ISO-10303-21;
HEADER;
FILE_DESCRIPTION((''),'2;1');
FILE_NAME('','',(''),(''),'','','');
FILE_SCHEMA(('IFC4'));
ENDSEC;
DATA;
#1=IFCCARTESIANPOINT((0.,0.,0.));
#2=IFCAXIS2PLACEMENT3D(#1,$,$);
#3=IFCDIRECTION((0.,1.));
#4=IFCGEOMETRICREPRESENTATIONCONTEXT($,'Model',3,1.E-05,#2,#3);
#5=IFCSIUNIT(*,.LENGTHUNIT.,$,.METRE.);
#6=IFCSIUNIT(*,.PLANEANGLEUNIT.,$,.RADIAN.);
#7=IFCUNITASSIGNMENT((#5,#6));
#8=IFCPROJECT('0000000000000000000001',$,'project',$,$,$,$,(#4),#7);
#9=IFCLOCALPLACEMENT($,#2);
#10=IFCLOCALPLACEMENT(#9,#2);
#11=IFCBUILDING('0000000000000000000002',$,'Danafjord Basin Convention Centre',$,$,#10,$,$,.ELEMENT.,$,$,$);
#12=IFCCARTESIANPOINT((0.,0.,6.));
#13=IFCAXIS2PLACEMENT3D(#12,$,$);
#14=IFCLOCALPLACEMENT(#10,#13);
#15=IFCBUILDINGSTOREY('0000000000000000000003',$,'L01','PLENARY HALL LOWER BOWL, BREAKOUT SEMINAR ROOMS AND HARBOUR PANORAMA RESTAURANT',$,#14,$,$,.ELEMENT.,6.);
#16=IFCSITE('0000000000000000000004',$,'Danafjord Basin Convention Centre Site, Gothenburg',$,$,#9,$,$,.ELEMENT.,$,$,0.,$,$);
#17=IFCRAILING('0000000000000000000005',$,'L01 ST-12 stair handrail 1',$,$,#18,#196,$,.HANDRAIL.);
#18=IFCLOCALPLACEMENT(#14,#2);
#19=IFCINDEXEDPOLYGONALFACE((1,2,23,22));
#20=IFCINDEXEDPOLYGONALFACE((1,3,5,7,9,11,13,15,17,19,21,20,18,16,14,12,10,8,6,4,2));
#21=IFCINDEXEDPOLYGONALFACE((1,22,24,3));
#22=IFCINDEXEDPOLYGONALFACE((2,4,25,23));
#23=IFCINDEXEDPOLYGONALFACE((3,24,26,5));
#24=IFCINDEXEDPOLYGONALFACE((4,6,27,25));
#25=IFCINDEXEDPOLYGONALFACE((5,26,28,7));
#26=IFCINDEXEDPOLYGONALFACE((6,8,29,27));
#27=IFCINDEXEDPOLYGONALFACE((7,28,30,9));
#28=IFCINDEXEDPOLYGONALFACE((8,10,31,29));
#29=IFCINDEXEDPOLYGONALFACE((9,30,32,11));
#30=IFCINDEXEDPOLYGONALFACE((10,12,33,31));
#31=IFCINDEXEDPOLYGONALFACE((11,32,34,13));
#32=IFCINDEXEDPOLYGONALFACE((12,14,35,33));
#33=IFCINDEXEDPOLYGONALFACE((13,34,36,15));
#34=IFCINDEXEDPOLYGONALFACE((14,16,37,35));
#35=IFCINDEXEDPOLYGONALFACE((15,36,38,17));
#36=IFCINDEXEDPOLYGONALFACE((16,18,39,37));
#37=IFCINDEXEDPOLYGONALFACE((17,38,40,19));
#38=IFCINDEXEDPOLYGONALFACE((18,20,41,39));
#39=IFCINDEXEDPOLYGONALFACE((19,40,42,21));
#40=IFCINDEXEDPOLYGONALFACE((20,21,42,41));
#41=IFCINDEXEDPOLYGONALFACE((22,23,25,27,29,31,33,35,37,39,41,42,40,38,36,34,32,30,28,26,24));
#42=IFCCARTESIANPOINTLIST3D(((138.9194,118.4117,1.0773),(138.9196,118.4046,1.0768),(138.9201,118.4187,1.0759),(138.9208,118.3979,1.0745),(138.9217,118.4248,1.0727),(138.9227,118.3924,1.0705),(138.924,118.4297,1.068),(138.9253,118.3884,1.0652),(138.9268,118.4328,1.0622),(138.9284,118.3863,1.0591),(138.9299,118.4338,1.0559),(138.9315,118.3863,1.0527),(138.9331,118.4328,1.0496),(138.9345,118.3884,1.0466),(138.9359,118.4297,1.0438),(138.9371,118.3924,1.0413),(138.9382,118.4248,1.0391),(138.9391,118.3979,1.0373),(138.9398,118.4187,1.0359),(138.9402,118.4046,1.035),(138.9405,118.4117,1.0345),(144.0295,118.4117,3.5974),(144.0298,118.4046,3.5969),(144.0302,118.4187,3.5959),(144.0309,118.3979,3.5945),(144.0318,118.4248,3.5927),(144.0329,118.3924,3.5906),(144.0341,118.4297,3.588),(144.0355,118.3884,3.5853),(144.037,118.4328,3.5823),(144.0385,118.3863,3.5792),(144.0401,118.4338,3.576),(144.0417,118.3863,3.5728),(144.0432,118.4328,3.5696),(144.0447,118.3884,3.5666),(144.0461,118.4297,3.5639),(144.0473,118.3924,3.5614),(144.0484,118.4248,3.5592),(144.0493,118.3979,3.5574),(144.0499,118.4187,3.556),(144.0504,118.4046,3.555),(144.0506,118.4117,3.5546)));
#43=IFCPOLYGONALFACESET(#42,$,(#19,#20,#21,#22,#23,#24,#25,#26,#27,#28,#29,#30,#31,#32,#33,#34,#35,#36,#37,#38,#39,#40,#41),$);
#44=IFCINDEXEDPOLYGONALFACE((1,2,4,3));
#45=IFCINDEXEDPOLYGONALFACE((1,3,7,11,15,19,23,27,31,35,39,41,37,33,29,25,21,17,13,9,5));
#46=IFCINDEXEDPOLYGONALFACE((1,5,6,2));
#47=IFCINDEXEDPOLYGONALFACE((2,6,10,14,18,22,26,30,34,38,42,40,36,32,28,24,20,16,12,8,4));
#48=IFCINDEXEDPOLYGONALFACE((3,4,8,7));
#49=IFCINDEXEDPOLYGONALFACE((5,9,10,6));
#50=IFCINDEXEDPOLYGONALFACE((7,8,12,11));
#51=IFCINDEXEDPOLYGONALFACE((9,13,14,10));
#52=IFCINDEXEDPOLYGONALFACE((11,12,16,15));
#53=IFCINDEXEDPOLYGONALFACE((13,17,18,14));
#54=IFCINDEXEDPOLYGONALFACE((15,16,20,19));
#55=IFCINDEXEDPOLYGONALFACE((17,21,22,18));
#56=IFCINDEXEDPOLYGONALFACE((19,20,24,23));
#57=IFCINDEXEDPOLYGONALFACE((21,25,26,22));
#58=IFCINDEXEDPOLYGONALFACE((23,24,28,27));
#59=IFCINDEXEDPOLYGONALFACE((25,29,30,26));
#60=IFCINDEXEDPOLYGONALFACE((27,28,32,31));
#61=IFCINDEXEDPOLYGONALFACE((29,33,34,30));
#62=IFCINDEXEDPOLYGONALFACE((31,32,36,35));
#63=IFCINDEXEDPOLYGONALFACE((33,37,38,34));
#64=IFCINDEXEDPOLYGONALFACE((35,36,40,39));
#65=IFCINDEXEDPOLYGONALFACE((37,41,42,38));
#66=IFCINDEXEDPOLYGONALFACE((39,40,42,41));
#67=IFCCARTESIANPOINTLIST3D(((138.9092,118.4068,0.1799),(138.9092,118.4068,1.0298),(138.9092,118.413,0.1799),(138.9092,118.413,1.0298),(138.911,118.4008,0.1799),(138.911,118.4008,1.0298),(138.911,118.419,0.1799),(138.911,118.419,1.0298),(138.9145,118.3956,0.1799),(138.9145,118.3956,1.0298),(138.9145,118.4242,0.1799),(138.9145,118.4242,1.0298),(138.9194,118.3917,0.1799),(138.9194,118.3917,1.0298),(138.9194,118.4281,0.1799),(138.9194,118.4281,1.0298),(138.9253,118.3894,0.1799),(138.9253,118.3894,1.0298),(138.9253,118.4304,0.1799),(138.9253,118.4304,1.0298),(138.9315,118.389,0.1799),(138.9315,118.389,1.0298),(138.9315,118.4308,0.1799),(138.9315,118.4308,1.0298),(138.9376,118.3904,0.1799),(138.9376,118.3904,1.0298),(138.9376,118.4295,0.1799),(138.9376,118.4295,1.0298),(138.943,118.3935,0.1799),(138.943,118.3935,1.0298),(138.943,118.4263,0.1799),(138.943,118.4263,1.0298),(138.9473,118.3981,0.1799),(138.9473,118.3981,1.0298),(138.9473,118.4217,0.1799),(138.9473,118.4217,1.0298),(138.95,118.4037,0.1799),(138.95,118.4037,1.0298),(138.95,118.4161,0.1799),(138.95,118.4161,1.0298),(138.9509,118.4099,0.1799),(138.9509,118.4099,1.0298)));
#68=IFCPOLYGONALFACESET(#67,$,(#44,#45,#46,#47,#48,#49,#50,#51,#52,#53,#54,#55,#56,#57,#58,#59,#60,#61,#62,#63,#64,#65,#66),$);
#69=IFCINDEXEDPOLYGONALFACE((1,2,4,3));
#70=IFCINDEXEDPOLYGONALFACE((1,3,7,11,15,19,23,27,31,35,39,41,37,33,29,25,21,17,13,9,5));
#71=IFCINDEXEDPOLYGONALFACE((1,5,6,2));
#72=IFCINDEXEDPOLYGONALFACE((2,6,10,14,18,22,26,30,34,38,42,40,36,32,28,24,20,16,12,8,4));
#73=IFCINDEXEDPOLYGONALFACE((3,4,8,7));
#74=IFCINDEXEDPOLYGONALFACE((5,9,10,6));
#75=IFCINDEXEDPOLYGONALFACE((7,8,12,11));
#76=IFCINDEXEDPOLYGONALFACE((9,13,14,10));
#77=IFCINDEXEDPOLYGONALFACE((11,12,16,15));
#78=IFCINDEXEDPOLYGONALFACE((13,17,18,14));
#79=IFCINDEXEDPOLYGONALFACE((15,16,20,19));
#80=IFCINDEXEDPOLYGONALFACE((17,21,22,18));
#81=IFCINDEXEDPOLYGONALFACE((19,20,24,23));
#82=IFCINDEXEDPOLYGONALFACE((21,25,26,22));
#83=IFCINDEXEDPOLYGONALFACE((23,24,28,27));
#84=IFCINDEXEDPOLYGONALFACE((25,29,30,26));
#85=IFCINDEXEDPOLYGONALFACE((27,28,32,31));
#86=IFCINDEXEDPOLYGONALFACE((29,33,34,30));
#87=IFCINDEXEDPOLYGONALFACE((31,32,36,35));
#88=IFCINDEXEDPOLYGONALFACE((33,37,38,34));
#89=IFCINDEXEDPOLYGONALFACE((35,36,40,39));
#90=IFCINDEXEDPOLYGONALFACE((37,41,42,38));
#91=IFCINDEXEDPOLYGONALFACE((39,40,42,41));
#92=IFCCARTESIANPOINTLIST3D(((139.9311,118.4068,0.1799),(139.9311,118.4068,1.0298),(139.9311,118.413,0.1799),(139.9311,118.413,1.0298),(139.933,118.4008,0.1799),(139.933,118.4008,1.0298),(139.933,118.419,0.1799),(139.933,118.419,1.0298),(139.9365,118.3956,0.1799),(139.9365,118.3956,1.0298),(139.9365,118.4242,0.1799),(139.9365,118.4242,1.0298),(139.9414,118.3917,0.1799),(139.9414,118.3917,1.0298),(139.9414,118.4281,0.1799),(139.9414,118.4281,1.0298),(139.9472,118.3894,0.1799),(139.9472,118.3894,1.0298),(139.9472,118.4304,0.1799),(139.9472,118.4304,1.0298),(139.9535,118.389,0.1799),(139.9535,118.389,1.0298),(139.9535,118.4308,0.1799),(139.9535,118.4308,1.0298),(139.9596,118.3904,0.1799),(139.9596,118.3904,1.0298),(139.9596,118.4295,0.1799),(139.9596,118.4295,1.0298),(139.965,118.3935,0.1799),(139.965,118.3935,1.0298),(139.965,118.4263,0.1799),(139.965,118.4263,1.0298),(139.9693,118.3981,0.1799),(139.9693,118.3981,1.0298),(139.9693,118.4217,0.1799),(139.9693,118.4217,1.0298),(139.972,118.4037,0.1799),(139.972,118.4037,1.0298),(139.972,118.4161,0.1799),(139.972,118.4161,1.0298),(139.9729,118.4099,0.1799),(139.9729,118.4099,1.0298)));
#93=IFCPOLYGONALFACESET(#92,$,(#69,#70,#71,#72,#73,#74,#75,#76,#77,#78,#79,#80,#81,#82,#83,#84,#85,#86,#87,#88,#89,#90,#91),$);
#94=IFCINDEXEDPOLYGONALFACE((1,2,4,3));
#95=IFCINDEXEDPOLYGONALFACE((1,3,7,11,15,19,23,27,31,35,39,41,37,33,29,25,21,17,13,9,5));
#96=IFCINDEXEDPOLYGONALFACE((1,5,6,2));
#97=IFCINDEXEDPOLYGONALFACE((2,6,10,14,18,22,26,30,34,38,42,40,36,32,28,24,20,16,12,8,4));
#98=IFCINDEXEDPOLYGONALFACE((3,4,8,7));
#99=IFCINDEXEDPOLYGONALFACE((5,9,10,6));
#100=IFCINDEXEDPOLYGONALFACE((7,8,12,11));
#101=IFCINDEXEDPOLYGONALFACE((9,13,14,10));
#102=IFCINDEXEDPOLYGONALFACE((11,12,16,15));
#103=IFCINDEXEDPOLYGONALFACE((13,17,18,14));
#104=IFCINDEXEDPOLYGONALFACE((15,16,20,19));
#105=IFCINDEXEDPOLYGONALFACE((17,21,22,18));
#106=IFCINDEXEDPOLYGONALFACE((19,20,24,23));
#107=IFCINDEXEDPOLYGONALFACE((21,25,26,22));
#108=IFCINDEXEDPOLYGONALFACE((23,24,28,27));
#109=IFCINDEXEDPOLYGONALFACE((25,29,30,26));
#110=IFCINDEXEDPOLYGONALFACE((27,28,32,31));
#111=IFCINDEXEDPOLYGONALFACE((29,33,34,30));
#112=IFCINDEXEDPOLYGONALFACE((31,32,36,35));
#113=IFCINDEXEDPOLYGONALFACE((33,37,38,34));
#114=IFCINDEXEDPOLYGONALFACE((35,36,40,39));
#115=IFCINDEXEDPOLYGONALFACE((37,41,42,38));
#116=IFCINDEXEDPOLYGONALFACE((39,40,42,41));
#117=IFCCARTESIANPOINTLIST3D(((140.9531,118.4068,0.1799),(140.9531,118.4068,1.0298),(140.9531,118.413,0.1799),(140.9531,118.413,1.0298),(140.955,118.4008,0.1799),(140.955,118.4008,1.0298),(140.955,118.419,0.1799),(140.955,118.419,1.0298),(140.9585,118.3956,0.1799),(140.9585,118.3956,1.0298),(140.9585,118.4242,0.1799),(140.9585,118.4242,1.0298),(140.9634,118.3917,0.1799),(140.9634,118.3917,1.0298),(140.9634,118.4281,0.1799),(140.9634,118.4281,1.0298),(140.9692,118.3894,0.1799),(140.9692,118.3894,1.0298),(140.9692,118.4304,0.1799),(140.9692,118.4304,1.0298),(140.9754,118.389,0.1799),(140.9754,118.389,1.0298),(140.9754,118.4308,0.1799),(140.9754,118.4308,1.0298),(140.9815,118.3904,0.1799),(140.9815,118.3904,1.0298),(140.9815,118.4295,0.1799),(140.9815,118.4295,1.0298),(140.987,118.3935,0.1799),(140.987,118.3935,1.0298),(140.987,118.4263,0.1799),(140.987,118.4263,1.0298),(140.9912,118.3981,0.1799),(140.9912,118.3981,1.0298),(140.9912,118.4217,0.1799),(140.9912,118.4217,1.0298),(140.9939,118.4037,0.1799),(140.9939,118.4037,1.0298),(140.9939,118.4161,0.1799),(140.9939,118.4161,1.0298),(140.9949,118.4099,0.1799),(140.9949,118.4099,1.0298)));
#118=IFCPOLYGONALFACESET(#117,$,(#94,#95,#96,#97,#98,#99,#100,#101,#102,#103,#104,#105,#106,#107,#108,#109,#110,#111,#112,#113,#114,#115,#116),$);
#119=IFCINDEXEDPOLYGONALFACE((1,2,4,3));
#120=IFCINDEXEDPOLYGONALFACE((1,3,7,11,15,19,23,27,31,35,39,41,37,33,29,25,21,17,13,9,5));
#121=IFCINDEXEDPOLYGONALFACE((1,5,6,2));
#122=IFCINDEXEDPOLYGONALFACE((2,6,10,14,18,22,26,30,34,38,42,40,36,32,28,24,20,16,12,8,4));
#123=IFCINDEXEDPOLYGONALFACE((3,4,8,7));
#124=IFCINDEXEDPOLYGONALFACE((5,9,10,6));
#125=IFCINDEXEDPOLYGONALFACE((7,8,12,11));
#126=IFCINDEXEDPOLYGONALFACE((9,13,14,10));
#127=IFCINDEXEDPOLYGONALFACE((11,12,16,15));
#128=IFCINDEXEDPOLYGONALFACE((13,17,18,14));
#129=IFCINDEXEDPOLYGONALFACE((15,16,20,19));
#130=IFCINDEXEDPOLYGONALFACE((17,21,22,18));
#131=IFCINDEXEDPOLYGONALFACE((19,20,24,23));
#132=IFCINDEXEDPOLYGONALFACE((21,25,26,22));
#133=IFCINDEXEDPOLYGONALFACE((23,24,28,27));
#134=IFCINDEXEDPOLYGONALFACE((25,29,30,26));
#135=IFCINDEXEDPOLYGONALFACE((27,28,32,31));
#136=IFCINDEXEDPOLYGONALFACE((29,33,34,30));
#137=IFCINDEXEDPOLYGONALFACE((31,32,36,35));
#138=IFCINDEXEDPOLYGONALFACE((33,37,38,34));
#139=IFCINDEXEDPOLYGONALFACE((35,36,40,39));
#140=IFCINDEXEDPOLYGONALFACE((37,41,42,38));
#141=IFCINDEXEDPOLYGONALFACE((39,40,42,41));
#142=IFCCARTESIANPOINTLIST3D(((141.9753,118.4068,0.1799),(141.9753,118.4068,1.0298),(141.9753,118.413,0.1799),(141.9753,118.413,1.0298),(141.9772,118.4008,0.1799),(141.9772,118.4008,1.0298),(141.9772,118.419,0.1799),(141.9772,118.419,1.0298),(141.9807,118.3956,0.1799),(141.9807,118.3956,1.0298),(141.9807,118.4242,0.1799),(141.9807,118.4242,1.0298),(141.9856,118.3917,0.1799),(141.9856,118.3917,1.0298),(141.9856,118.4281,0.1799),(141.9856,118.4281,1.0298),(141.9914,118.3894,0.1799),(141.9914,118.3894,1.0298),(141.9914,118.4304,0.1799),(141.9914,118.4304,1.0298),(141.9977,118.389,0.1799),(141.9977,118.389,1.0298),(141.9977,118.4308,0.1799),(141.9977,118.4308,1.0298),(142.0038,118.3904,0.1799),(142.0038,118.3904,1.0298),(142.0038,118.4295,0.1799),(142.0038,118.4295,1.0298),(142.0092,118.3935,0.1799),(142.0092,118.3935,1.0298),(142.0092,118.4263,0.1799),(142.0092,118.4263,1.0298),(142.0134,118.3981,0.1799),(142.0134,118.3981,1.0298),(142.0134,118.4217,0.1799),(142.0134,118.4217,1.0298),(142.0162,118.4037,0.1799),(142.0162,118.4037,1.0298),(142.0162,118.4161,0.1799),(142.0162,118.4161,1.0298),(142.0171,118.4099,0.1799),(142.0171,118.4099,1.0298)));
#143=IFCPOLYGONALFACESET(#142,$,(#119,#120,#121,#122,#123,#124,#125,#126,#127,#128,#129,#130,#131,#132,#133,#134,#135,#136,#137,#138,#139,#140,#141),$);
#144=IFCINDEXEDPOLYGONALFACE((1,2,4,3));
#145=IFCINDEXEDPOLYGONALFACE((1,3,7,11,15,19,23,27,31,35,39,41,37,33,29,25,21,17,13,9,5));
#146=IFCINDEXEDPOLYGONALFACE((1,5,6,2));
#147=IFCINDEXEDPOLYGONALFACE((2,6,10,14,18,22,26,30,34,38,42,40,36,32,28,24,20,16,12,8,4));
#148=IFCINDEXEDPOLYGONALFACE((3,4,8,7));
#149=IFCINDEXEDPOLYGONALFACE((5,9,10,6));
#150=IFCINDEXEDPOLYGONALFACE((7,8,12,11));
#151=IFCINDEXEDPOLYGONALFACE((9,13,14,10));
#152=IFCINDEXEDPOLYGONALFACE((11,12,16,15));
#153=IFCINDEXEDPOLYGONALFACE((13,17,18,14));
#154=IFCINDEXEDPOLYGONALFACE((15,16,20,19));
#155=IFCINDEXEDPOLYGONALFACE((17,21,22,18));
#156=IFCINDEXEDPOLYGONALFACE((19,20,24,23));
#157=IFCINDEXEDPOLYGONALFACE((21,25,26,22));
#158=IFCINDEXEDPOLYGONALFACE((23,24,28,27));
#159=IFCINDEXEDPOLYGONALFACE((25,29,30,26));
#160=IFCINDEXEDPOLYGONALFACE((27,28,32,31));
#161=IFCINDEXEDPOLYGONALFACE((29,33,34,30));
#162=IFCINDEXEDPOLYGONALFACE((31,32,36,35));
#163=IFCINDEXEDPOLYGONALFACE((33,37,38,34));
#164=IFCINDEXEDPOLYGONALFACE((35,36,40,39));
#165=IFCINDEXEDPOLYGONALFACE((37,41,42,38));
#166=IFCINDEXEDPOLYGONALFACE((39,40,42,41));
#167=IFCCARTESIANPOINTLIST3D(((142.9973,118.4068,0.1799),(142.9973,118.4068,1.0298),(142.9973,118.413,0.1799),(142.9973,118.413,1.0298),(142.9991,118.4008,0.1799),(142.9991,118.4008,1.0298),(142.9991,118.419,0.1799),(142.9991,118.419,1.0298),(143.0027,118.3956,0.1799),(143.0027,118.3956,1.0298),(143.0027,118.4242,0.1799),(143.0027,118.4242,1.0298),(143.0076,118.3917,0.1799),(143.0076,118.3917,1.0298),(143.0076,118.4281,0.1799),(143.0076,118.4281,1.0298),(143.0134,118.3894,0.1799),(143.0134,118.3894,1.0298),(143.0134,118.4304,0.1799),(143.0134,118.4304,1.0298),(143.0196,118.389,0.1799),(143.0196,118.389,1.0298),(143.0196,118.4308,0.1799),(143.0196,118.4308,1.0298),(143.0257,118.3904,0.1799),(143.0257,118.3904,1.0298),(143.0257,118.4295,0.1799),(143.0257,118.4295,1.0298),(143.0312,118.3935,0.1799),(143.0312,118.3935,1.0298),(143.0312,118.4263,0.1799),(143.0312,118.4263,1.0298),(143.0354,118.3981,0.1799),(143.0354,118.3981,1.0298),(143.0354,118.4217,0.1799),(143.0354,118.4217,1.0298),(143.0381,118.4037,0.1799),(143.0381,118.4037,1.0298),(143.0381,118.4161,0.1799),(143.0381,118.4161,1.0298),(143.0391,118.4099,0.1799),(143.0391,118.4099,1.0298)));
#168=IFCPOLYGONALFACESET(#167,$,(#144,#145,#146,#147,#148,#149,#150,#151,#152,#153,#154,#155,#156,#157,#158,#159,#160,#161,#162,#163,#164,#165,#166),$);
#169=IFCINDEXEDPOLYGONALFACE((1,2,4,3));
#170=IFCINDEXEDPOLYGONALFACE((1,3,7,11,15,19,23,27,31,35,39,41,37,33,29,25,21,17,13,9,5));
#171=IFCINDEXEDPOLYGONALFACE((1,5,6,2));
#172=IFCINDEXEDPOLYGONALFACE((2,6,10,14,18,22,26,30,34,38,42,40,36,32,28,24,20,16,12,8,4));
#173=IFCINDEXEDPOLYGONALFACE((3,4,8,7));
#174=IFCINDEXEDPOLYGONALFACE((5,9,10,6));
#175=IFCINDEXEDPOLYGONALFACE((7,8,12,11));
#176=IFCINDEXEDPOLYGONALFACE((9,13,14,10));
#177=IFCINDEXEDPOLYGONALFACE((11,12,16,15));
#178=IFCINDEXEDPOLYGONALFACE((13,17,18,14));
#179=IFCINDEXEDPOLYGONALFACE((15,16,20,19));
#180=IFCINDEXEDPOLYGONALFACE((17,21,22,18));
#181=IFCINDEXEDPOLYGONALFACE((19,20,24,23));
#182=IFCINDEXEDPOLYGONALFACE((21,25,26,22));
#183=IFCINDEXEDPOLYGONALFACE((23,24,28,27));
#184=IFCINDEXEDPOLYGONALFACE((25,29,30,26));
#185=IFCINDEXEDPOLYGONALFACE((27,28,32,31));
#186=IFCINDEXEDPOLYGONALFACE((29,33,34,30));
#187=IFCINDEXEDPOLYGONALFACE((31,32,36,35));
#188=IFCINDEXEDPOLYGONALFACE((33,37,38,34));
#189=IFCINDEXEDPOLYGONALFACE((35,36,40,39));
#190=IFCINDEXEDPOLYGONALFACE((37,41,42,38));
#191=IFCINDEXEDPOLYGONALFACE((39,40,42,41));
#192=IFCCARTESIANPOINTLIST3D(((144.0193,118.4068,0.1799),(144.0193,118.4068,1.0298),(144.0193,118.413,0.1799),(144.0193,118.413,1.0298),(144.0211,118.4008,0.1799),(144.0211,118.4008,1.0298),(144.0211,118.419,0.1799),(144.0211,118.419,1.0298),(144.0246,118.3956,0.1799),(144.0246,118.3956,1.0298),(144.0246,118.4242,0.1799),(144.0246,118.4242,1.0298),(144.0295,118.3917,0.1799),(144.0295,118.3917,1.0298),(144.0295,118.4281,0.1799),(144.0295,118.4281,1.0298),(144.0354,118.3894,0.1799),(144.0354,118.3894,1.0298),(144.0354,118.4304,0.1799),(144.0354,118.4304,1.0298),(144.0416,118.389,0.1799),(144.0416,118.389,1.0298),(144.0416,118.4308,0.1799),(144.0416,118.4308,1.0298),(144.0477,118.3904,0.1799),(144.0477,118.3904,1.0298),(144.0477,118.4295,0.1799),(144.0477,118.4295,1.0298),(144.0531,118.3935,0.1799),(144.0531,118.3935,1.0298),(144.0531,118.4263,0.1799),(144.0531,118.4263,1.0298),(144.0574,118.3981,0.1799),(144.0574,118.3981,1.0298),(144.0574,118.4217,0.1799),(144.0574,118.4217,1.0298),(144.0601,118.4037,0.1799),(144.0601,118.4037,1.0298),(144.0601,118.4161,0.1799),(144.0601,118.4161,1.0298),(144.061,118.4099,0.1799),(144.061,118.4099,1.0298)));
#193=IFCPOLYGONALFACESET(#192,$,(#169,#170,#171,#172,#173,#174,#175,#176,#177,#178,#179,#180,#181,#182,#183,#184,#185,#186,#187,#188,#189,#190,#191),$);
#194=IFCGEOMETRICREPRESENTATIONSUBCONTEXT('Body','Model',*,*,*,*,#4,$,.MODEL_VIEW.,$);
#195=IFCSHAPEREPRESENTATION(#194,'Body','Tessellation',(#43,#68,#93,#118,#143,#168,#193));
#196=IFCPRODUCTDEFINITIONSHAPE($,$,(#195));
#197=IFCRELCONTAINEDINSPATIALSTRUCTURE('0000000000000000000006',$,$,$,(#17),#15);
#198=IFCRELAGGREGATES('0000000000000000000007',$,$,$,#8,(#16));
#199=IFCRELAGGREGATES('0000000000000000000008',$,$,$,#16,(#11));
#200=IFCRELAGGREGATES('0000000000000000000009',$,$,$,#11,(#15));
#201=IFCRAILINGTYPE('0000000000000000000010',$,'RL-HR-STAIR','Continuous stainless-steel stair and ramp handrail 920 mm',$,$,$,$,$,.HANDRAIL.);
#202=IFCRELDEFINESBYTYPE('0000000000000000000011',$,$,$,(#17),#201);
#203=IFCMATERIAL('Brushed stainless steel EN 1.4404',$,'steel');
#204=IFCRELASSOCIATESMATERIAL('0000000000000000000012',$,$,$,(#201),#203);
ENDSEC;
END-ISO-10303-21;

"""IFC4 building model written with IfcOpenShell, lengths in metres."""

from ifc_helpers import new_model, si_unit, direction, frame, origin, origin_2d, place, context, subcontext, project, spatial, circle, extrude, material, type_object, element, save


model = new_model("IFC4")

# Units and contexts
model_context = context("Model", 3, precision=1e-05, world=origin(), true_north=direction((0.0, 1.0)))
body_context = subcontext(model_context, "Body", "Model", "MODEL_VIEW")
ifc_project = project(units=[si_unit("LENGTHUNIT", "METRE"), si_unit("PLANEANGLEUNIT", "RADIAN")], contexts=[model_context])

# Site, building, storey
site_placement = place(None, origin())
site = spatial("IfcSite", under=ifc_project, at=site_placement, Name="Danafjord Basin Convention Centre Site, Gothenburg", CompositionType="ELEMENT", RefElevation=0.0)
building_placement = place(site_placement, origin())
building = spatial("IfcBuilding", under=site, at=building_placement, Name="Danafjord Basin Convention Centre", CompositionType="ELEMENT")
storey_placement = place(building_placement, frame((0.0, 0.0, 6.0)))
storey = spatial("IfcBuildingStorey", under=building, at=storey_placement, Name="L01", Description="PLENARY HALL LOWER BOWL, BREAKOUT SEMINAR ROOMS AND HARBOUR PANORAMA RESTAURANT", CompositionType="ELEMENT", Elevation=6.0)

# Railing
ifc_material_1 = material(Name="Brushed stainless steel EN 1.4404", Category="steel")
railing_type_1 = type_object("IfcRailingType", Name="RL-HR-STAIR", Description="Continuous stainless-steel stair and ramp handrail 920 mm", PredefinedType="HANDRAIL", material=ifc_material_1)
railing_1_placement = place(storey_placement, frame((138.9299, 118.4099, 0.1799)))
element("IfcRailing", 1, at=railing_1_placement, inside=storey, type_object=railing_type_1, Name="L01 ST-12 stair handrail 1", PredefinedType="HANDRAIL", context=body_context, shape_type="SweptSolid", body=[
    extrude(circle(Radius=0.0239, at=origin_2d()), frame((0.0, 0.0, 0.876), z_axis=(0.896873, 0.0, 0.442288), x_axis=(0.0, 1.0, 0.0)), (0.0, 0.0, 1.0), 5.6978),
    extrude(circle(Radius=0.021, at=origin_2d()), origin(), (0.0, 0.0, 1.0), 0.8499),
    extrude(circle(Radius=0.021, at=origin_2d()), frame((1.022, 0.0, 0.0)), (0.0, 0.0, 1.0), 0.8499),
    extrude(circle(Radius=0.021, at=origin_2d()), frame((2.0439, 0.0, 0.0)), (0.0, 0.0, 1.0), 0.8499),
    extrude(circle(Radius=0.021, at=origin_2d()), frame((3.0662, 0.0, 0.0)), (0.0, 0.0, 1.0), 0.8499),
    extrude(circle(Radius=0.021, at=origin_2d()), frame((4.0881, 0.0, 0.0)), (0.0, 0.0, 1.0), 0.8499),
    extrude(circle(Radius=0.021, at=origin_2d()), frame((5.1101, 0.0, 0.0)), (0.0, 0.0, 1.0), 0.8499),
])

save(model, "model.ifc")
